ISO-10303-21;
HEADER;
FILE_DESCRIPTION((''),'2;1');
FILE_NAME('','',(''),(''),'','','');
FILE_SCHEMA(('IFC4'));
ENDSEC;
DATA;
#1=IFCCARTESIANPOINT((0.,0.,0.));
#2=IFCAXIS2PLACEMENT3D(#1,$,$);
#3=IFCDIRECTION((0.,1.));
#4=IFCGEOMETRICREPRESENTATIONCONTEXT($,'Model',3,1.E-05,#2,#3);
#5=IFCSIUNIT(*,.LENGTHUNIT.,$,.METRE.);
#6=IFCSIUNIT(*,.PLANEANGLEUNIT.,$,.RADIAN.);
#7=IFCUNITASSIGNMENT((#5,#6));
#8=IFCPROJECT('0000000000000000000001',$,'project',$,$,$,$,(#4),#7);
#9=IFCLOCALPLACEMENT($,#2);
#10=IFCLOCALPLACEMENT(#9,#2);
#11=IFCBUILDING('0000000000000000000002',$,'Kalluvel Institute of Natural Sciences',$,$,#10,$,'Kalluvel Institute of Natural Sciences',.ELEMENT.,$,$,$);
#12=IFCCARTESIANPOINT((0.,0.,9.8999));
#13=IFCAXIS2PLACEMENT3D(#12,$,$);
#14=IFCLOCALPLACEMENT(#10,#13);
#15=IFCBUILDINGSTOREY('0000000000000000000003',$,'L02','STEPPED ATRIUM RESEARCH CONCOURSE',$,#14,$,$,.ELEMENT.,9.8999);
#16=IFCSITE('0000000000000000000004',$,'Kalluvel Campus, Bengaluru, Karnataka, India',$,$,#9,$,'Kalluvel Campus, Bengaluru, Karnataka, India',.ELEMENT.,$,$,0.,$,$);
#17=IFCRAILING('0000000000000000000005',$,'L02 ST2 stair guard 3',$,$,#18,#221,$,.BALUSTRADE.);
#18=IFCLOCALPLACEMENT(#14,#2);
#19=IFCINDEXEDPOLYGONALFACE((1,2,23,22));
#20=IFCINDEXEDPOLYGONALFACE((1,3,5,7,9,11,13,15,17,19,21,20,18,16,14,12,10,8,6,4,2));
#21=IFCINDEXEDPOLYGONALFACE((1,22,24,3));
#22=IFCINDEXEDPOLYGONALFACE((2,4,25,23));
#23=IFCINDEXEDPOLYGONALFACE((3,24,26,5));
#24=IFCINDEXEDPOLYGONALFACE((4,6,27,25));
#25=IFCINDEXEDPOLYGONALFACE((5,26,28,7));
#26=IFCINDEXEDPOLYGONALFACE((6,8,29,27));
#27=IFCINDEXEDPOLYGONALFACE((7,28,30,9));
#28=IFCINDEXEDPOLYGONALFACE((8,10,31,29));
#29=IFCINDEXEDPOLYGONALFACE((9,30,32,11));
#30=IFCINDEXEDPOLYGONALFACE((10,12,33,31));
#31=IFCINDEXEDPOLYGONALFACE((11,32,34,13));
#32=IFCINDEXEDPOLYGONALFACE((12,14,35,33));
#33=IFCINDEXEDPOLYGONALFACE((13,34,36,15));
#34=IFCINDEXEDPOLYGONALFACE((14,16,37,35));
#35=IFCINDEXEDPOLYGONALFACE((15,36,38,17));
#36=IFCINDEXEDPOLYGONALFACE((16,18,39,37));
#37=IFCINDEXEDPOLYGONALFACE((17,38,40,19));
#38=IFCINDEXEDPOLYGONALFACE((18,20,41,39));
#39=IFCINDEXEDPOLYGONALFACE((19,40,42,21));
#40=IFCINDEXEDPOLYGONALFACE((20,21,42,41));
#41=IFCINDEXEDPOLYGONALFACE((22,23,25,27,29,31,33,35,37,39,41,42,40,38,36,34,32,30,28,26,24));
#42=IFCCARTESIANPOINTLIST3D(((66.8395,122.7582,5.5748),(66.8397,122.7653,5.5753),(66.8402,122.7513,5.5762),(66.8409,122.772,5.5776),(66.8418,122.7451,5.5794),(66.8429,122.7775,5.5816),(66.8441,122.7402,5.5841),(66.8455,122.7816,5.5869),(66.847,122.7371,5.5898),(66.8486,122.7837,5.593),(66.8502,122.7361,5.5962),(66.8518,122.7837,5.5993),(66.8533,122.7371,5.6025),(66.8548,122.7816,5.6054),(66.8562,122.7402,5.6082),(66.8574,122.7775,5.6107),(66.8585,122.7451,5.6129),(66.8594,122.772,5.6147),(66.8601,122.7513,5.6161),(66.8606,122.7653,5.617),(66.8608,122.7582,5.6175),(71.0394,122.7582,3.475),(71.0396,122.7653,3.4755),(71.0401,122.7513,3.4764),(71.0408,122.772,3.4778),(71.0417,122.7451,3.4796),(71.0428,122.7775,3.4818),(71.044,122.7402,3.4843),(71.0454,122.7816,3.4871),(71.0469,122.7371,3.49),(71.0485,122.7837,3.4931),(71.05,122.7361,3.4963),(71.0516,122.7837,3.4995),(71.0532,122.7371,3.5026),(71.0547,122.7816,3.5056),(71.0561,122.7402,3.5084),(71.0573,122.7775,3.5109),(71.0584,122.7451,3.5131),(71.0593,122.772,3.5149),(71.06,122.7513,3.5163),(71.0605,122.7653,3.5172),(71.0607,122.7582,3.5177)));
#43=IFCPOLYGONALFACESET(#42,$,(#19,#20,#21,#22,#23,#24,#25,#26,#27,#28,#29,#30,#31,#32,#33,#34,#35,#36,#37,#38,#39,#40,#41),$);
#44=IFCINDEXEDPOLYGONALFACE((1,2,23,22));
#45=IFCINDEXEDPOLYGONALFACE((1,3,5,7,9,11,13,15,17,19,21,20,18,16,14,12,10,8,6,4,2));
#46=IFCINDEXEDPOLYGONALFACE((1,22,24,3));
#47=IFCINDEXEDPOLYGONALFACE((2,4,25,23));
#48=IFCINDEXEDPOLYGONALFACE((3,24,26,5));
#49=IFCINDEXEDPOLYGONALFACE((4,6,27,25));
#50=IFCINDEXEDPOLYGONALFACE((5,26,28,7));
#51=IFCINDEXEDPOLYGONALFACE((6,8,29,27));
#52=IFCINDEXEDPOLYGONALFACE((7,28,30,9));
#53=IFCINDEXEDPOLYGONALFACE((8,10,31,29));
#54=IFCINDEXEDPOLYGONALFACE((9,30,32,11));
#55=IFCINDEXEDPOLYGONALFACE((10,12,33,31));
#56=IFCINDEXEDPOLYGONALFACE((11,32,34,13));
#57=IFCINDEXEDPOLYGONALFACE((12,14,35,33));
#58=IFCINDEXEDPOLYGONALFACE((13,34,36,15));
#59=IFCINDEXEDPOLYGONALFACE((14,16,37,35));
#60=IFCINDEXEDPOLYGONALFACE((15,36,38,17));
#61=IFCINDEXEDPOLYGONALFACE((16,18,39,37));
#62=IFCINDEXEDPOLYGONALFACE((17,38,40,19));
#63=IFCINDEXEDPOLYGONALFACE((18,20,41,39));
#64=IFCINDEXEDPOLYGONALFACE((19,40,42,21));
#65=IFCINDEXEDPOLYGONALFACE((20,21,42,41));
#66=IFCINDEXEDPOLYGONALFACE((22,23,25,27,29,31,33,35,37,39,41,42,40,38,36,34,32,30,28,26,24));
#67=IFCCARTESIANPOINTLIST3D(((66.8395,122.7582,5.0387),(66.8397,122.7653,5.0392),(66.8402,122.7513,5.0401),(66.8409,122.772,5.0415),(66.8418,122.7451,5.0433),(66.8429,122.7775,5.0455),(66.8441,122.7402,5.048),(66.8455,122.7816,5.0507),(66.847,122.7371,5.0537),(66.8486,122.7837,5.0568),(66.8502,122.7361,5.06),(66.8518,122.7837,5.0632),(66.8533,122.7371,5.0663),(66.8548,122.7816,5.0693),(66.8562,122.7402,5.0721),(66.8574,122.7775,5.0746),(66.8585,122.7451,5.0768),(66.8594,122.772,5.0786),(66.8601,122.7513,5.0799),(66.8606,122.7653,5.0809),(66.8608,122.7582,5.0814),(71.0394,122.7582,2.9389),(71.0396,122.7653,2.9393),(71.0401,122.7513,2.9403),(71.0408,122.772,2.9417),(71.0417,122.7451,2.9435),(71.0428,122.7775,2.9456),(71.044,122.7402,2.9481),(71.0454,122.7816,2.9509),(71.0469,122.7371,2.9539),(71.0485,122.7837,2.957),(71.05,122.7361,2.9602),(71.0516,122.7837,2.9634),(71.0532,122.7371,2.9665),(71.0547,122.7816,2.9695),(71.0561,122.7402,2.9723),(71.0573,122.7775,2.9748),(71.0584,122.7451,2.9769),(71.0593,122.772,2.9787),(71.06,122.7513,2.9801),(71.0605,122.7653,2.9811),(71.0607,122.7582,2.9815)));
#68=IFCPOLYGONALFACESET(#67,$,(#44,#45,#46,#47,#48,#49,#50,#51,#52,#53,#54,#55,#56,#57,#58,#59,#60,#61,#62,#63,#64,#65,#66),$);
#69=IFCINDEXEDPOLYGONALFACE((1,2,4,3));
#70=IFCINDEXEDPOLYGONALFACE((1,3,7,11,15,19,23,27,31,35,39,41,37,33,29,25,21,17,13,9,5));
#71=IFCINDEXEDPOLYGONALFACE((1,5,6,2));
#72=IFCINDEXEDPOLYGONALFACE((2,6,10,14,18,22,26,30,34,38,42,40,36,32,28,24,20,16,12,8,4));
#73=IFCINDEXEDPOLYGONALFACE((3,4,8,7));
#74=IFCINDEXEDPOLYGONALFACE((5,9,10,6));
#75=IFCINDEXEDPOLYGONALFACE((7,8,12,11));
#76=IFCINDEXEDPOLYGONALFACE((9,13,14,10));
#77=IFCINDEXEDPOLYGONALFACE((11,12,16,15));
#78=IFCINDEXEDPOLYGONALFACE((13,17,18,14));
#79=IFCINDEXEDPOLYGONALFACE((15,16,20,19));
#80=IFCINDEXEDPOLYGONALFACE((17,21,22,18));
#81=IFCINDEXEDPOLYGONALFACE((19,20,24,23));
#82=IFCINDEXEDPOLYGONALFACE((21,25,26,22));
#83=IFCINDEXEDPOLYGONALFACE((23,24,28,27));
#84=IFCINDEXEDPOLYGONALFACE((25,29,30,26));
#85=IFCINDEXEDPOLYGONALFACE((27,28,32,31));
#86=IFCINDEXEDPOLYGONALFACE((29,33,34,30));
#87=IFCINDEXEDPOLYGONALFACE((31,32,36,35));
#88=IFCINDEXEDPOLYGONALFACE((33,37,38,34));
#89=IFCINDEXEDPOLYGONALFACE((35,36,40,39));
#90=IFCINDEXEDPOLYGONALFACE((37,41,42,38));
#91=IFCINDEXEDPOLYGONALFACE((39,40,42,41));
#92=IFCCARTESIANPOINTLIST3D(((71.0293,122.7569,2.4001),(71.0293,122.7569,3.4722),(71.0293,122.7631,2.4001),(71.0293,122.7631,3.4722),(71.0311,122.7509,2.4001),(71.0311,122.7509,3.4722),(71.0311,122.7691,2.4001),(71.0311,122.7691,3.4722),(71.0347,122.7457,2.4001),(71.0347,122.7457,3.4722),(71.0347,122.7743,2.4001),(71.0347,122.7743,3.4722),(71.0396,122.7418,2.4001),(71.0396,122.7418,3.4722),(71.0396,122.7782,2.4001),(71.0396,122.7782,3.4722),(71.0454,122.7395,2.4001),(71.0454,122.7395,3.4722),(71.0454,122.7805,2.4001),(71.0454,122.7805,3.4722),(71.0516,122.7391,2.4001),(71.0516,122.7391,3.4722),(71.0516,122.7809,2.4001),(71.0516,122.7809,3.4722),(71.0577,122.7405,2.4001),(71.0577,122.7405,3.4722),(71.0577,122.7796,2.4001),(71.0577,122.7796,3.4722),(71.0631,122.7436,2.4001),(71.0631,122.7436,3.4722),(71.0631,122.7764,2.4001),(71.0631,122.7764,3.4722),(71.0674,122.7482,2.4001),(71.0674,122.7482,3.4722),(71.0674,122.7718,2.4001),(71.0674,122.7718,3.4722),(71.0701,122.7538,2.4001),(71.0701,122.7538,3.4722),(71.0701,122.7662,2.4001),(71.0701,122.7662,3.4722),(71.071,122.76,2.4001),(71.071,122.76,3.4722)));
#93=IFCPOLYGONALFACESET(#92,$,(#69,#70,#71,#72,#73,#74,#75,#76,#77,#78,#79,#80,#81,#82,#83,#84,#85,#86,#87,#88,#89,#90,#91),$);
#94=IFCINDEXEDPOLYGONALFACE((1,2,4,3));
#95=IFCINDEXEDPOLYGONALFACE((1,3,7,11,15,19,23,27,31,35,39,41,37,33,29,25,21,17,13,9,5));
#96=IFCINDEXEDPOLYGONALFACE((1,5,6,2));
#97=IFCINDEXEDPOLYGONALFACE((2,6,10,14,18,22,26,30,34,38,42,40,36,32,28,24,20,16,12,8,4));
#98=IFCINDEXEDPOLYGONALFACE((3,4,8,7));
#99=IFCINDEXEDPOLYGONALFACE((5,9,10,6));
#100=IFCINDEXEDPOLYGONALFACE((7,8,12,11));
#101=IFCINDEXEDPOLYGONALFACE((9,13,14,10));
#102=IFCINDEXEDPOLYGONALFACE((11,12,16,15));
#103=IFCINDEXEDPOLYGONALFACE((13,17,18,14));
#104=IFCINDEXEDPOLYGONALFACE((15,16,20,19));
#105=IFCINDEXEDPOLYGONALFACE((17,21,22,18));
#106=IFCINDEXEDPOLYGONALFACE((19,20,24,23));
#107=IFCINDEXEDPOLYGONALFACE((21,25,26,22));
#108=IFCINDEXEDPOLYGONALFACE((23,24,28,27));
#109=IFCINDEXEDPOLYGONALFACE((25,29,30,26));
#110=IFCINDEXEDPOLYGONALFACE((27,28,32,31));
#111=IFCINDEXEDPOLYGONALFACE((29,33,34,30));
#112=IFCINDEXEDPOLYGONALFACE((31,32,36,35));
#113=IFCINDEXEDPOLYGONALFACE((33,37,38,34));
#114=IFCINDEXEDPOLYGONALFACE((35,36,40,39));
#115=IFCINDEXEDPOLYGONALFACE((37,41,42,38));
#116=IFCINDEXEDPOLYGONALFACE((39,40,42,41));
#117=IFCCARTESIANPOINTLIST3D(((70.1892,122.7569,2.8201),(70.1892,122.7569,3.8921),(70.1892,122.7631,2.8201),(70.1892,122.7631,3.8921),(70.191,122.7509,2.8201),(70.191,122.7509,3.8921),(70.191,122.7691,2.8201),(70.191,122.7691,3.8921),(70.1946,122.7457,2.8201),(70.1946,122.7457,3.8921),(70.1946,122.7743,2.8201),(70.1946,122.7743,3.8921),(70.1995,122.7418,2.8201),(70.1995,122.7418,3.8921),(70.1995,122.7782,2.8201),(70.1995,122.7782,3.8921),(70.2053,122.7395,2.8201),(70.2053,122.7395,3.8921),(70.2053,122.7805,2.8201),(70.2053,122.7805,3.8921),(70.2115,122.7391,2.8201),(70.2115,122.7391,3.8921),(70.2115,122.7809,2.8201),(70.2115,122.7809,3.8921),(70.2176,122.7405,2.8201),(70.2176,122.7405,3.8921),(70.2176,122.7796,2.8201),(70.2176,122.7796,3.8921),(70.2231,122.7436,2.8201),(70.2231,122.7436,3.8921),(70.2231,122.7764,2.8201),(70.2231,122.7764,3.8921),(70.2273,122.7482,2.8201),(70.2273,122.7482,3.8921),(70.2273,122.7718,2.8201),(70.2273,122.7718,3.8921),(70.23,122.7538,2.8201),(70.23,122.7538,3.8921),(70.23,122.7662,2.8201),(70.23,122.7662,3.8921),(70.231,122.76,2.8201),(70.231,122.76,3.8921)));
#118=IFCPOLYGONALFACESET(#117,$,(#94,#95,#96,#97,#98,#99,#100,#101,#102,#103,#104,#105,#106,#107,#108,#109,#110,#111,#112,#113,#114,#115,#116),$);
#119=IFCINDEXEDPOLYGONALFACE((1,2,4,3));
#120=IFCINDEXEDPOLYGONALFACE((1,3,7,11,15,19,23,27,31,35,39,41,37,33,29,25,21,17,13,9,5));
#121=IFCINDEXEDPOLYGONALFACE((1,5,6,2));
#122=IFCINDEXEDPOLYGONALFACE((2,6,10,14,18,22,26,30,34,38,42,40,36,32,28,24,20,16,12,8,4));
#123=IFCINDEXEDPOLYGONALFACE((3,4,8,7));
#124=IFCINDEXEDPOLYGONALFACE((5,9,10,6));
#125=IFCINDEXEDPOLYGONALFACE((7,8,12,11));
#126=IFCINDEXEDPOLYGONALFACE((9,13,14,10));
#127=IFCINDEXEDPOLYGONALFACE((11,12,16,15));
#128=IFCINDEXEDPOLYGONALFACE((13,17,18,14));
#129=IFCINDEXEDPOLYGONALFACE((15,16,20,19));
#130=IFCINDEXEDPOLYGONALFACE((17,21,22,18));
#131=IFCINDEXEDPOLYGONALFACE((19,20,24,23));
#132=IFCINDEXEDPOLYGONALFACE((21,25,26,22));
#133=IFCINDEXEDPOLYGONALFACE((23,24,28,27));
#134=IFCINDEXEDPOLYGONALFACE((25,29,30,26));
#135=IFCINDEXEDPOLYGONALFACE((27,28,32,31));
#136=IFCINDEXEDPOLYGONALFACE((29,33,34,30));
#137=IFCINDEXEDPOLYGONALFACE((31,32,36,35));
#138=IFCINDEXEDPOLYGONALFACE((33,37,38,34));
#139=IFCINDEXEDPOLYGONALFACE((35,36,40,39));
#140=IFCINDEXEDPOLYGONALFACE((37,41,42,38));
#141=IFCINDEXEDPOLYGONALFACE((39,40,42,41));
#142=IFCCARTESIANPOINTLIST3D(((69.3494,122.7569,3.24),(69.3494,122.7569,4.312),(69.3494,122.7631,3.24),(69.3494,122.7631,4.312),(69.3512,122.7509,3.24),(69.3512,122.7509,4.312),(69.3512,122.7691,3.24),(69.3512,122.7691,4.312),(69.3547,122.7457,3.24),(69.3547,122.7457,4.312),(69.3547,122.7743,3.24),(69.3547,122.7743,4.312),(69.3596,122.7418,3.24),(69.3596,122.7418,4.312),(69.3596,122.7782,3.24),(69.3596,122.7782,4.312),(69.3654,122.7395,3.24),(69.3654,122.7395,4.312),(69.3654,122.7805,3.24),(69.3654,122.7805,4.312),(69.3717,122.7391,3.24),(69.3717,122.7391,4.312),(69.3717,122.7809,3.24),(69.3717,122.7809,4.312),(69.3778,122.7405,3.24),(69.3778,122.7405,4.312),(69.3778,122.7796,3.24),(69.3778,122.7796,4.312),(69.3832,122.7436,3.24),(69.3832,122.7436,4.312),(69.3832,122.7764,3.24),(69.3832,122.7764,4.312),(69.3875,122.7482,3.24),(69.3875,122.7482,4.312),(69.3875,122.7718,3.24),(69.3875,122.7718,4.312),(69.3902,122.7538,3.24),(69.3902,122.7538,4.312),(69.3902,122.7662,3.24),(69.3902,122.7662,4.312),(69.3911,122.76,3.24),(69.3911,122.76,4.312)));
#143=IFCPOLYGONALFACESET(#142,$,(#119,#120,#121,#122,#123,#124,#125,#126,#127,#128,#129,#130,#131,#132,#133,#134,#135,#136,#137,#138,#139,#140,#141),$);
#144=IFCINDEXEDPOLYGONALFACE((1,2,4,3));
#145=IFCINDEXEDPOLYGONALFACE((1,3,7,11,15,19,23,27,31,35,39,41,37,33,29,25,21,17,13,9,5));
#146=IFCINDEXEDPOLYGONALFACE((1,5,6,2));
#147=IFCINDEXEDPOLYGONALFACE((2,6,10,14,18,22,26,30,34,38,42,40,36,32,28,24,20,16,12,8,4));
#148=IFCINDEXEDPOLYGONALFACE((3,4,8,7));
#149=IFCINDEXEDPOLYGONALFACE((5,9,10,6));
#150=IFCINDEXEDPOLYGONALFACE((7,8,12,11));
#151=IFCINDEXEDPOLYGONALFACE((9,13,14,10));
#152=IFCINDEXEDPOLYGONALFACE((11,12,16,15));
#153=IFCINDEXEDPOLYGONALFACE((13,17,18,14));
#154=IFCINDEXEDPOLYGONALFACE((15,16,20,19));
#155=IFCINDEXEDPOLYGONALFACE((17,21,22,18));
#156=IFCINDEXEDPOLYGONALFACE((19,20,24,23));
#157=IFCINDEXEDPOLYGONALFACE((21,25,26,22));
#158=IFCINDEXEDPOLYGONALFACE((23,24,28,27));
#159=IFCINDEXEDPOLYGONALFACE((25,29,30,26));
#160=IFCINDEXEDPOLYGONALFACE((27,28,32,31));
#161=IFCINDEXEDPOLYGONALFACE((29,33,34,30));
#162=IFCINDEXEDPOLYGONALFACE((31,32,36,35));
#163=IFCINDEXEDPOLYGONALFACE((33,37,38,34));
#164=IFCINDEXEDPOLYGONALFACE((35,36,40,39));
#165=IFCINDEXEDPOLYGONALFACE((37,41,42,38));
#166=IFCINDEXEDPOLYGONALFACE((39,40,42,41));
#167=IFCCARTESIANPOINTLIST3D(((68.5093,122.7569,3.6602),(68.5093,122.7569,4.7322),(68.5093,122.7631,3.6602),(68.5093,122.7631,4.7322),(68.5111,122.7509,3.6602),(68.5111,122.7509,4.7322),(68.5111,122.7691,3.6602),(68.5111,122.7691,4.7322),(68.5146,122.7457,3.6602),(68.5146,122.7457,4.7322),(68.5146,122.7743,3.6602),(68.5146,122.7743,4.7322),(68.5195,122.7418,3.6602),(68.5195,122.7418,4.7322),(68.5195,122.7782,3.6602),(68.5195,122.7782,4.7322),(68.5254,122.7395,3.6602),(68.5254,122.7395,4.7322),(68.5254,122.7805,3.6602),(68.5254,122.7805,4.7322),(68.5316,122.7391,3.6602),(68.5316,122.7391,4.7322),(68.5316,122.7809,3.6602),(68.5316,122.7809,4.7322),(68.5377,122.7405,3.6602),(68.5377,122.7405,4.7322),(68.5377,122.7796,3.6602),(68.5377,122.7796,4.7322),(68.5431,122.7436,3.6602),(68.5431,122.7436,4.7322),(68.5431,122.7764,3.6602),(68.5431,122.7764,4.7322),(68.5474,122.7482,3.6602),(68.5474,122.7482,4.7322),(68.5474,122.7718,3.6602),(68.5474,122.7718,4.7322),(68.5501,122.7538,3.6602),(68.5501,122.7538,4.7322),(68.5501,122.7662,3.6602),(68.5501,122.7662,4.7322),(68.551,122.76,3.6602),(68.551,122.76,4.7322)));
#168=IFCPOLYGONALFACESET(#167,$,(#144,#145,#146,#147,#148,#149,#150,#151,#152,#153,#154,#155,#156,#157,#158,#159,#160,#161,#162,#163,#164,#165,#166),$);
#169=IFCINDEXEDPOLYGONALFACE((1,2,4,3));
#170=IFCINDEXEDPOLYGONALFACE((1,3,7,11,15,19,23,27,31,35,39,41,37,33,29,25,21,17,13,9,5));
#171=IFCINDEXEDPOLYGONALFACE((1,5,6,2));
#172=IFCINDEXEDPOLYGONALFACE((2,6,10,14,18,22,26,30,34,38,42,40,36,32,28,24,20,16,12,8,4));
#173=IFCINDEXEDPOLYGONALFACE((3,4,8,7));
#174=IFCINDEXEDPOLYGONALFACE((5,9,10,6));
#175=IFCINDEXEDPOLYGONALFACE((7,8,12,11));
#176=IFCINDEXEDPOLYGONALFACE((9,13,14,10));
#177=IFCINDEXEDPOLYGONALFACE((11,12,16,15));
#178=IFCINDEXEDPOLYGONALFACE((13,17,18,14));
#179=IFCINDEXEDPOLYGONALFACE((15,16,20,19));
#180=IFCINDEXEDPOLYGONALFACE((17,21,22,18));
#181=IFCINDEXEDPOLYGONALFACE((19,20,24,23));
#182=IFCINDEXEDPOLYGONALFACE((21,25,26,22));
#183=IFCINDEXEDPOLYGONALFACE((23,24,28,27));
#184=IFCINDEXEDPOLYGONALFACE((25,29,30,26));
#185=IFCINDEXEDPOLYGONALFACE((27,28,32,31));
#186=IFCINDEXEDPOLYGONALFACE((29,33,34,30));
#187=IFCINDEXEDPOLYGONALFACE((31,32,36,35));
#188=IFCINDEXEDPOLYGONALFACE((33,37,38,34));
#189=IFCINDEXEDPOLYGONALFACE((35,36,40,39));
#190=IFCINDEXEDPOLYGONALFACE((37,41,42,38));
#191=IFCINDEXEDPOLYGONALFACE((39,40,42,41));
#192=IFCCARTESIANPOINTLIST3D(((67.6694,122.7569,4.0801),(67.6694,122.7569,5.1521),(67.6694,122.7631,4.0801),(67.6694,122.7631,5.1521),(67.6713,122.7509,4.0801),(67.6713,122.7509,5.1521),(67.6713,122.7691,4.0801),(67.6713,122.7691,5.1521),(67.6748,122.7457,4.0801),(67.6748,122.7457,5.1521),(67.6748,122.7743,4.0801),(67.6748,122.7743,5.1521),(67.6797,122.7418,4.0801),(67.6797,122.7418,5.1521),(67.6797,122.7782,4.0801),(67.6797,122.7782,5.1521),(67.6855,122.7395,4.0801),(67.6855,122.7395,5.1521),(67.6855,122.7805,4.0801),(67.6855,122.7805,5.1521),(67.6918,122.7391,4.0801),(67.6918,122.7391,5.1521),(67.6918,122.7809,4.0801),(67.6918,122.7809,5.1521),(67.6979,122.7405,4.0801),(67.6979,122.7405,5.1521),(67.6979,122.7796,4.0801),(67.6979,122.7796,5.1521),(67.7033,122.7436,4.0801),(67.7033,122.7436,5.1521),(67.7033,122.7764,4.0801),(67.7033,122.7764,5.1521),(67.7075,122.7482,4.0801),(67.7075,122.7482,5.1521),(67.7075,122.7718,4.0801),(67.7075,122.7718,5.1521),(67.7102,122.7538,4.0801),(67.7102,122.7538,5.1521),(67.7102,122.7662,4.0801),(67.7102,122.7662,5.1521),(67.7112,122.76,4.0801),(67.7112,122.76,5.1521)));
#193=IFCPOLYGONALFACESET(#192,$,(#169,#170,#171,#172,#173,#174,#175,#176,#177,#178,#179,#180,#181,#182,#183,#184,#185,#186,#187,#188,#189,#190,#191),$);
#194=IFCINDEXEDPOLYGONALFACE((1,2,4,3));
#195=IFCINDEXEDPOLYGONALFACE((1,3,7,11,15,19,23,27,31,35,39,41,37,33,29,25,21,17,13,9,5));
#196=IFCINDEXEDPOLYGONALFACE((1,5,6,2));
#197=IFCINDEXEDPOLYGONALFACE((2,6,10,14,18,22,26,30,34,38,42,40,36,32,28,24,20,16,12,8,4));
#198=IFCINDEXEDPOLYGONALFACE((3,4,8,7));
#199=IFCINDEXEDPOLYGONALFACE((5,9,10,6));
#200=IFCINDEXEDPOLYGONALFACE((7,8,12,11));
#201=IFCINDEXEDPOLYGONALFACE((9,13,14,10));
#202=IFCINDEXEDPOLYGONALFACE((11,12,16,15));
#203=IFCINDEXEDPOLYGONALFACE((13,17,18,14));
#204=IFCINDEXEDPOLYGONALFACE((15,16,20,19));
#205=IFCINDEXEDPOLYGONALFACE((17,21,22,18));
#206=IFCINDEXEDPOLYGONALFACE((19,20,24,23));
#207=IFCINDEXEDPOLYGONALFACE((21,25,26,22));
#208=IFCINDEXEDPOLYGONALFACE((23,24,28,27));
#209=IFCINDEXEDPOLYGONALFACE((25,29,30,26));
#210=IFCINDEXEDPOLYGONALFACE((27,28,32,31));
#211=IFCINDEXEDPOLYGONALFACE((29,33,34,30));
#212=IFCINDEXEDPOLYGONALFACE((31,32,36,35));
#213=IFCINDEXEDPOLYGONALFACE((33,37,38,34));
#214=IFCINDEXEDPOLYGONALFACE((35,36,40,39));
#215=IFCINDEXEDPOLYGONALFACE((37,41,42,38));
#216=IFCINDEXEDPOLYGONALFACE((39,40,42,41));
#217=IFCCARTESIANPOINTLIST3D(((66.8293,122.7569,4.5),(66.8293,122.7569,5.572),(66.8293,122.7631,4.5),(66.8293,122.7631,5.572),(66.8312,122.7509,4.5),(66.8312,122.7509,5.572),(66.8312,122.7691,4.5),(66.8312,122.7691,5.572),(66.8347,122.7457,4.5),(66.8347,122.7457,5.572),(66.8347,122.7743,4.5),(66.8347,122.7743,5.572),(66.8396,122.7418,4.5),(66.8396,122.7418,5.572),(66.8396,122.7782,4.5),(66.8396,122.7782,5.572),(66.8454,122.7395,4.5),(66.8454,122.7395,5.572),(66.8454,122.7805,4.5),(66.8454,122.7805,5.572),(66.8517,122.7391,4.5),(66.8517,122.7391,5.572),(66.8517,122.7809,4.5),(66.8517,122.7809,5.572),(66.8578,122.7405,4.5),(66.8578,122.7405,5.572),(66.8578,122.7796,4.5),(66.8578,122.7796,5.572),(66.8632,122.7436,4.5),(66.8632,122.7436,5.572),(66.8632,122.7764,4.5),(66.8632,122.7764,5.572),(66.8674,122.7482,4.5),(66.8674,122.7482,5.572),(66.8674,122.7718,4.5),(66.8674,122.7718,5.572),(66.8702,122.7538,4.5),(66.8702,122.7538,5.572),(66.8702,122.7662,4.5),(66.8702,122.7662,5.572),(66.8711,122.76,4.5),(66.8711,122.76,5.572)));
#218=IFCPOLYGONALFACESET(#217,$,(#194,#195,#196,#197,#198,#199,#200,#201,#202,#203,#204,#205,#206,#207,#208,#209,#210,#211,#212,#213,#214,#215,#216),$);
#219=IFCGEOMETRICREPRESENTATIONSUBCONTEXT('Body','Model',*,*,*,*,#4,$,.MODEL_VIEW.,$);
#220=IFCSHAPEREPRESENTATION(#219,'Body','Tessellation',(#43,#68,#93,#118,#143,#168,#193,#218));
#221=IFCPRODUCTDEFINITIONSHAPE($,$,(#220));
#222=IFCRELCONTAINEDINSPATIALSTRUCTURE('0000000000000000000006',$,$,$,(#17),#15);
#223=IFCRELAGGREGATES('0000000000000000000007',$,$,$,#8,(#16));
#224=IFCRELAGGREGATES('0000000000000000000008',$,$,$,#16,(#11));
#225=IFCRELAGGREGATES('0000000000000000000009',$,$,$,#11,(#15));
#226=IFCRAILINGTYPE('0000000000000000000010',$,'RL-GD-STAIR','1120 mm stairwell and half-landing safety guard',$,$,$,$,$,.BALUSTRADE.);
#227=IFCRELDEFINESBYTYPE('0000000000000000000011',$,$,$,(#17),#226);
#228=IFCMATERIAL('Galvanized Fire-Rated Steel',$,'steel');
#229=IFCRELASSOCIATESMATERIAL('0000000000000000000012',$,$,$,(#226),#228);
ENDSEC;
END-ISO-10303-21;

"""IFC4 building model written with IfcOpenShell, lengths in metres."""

from ifc_helpers import new_model, si_unit, direction, frame, origin, origin_2d, place, context, subcontext, project, spatial, circle, extrude, material, type_object, element, save


model = new_model("IFC4")

# Units and contexts
model_context = context("Model", 3, precision=1e-05, world=origin(), true_north=direction((0.0, 1.0)))
body_context = subcontext(model_context, "Body", "Model", "MODEL_VIEW")
ifc_project = project(units=[si_unit("LENGTHUNIT", "METRE"), si_unit("PLANEANGLEUNIT", "RADIAN")], contexts=[model_context])

# Site, building, storey
site_placement = place(None, origin())
site = spatial("IfcSite", under=ifc_project, at=site_placement, Name="Kalluvel Campus, Bengaluru, Karnataka, India", LongName="Kalluvel Campus, Bengaluru, Karnataka, India", CompositionType="ELEMENT", RefElevation=0.0)
building_placement = place(site_placement, origin())
building = spatial("IfcBuilding", under=site, at=building_placement, Name="Kalluvel Institute of Natural Sciences", LongName="Kalluvel Institute of Natural Sciences", CompositionType="ELEMENT")
storey_placement = place(building_placement, frame((0.0, 0.0, 9.8999)))
storey = spatial("IfcBuildingStorey", under=building, at=storey_placement, Name="L02", Description="STEPPED ATRIUM RESEARCH CONCOURSE", CompositionType="ELEMENT", Elevation=9.8999)

# Shared definitions
ifc_material_1 = material(Name="Galvanized Fire-Rated Steel", Category="steel")

# Railing
railing_type_1 = type_object("IfcRailingType", Name="RL-GD-STAIR", Description="1120 mm stairwell and half-landing safety guard", PredefinedType="BALUSTRADE", material=ifc_material_1)
railing_1_placement = place(storey_placement, frame((71.05, 122.76, 2.4001)))
element("IfcRailing", 1, at=railing_1_placement, inside=storey, type_object=railing_type_1, Name="L02 ST2 stair guard 3", PredefinedType="BALUSTRADE", context=body_context, shape_type="SweptSolid", body=[
    extrude(circle(Radius=0.0239, at=origin_2d()), frame((0.0, 0.0, 1.0962), z_axis=(-0.894438, 0.0, 0.447193), x_axis=(0.0, -1.0, 0.0)), (0.0, 0.0, 1.0), 4.6956),
    extrude(circle(Radius=0.0239, at=origin_2d()), frame((0.0, 0.0, 0.5601), z_axis=(-0.894438, 0.0, 0.447193), x_axis=(0.0, -1.0, 0.0)), (0.0, 0.0, 1.0), 4.6956),
    extrude(circle(Radius=0.021, at=origin_2d()), origin(), (0.0, 0.0, 1.0), 1.072),
    extrude(circle(Radius=0.021, at=origin_2d()), frame((-0.8401, 0.0, 0.4199)), (0.0, 0.0, 1.0), 1.072),
    extrude(circle(Radius=0.021, at=origin_2d()), frame((-1.6799, 0.0, 0.8398)), (0.0, 0.0, 1.0), 1.072),
    extrude(circle(Radius=0.021, at=origin_2d()), frame((-2.52, 0.0, 1.26)), (0.0, 0.0, 1.0), 1.072),
    extrude(circle(Radius=0.021, at=origin_2d()), frame((-3.3599, 0.0, 1.6799)), (0.0, 0.0, 1.0), 1.072),
    extrude(circle(Radius=0.021, at=origin_2d()), frame((-4.2, 0.0, 2.0999)), (0.0, 0.0, 1.0), 1.072),
])

save(model, "model.ifc")
